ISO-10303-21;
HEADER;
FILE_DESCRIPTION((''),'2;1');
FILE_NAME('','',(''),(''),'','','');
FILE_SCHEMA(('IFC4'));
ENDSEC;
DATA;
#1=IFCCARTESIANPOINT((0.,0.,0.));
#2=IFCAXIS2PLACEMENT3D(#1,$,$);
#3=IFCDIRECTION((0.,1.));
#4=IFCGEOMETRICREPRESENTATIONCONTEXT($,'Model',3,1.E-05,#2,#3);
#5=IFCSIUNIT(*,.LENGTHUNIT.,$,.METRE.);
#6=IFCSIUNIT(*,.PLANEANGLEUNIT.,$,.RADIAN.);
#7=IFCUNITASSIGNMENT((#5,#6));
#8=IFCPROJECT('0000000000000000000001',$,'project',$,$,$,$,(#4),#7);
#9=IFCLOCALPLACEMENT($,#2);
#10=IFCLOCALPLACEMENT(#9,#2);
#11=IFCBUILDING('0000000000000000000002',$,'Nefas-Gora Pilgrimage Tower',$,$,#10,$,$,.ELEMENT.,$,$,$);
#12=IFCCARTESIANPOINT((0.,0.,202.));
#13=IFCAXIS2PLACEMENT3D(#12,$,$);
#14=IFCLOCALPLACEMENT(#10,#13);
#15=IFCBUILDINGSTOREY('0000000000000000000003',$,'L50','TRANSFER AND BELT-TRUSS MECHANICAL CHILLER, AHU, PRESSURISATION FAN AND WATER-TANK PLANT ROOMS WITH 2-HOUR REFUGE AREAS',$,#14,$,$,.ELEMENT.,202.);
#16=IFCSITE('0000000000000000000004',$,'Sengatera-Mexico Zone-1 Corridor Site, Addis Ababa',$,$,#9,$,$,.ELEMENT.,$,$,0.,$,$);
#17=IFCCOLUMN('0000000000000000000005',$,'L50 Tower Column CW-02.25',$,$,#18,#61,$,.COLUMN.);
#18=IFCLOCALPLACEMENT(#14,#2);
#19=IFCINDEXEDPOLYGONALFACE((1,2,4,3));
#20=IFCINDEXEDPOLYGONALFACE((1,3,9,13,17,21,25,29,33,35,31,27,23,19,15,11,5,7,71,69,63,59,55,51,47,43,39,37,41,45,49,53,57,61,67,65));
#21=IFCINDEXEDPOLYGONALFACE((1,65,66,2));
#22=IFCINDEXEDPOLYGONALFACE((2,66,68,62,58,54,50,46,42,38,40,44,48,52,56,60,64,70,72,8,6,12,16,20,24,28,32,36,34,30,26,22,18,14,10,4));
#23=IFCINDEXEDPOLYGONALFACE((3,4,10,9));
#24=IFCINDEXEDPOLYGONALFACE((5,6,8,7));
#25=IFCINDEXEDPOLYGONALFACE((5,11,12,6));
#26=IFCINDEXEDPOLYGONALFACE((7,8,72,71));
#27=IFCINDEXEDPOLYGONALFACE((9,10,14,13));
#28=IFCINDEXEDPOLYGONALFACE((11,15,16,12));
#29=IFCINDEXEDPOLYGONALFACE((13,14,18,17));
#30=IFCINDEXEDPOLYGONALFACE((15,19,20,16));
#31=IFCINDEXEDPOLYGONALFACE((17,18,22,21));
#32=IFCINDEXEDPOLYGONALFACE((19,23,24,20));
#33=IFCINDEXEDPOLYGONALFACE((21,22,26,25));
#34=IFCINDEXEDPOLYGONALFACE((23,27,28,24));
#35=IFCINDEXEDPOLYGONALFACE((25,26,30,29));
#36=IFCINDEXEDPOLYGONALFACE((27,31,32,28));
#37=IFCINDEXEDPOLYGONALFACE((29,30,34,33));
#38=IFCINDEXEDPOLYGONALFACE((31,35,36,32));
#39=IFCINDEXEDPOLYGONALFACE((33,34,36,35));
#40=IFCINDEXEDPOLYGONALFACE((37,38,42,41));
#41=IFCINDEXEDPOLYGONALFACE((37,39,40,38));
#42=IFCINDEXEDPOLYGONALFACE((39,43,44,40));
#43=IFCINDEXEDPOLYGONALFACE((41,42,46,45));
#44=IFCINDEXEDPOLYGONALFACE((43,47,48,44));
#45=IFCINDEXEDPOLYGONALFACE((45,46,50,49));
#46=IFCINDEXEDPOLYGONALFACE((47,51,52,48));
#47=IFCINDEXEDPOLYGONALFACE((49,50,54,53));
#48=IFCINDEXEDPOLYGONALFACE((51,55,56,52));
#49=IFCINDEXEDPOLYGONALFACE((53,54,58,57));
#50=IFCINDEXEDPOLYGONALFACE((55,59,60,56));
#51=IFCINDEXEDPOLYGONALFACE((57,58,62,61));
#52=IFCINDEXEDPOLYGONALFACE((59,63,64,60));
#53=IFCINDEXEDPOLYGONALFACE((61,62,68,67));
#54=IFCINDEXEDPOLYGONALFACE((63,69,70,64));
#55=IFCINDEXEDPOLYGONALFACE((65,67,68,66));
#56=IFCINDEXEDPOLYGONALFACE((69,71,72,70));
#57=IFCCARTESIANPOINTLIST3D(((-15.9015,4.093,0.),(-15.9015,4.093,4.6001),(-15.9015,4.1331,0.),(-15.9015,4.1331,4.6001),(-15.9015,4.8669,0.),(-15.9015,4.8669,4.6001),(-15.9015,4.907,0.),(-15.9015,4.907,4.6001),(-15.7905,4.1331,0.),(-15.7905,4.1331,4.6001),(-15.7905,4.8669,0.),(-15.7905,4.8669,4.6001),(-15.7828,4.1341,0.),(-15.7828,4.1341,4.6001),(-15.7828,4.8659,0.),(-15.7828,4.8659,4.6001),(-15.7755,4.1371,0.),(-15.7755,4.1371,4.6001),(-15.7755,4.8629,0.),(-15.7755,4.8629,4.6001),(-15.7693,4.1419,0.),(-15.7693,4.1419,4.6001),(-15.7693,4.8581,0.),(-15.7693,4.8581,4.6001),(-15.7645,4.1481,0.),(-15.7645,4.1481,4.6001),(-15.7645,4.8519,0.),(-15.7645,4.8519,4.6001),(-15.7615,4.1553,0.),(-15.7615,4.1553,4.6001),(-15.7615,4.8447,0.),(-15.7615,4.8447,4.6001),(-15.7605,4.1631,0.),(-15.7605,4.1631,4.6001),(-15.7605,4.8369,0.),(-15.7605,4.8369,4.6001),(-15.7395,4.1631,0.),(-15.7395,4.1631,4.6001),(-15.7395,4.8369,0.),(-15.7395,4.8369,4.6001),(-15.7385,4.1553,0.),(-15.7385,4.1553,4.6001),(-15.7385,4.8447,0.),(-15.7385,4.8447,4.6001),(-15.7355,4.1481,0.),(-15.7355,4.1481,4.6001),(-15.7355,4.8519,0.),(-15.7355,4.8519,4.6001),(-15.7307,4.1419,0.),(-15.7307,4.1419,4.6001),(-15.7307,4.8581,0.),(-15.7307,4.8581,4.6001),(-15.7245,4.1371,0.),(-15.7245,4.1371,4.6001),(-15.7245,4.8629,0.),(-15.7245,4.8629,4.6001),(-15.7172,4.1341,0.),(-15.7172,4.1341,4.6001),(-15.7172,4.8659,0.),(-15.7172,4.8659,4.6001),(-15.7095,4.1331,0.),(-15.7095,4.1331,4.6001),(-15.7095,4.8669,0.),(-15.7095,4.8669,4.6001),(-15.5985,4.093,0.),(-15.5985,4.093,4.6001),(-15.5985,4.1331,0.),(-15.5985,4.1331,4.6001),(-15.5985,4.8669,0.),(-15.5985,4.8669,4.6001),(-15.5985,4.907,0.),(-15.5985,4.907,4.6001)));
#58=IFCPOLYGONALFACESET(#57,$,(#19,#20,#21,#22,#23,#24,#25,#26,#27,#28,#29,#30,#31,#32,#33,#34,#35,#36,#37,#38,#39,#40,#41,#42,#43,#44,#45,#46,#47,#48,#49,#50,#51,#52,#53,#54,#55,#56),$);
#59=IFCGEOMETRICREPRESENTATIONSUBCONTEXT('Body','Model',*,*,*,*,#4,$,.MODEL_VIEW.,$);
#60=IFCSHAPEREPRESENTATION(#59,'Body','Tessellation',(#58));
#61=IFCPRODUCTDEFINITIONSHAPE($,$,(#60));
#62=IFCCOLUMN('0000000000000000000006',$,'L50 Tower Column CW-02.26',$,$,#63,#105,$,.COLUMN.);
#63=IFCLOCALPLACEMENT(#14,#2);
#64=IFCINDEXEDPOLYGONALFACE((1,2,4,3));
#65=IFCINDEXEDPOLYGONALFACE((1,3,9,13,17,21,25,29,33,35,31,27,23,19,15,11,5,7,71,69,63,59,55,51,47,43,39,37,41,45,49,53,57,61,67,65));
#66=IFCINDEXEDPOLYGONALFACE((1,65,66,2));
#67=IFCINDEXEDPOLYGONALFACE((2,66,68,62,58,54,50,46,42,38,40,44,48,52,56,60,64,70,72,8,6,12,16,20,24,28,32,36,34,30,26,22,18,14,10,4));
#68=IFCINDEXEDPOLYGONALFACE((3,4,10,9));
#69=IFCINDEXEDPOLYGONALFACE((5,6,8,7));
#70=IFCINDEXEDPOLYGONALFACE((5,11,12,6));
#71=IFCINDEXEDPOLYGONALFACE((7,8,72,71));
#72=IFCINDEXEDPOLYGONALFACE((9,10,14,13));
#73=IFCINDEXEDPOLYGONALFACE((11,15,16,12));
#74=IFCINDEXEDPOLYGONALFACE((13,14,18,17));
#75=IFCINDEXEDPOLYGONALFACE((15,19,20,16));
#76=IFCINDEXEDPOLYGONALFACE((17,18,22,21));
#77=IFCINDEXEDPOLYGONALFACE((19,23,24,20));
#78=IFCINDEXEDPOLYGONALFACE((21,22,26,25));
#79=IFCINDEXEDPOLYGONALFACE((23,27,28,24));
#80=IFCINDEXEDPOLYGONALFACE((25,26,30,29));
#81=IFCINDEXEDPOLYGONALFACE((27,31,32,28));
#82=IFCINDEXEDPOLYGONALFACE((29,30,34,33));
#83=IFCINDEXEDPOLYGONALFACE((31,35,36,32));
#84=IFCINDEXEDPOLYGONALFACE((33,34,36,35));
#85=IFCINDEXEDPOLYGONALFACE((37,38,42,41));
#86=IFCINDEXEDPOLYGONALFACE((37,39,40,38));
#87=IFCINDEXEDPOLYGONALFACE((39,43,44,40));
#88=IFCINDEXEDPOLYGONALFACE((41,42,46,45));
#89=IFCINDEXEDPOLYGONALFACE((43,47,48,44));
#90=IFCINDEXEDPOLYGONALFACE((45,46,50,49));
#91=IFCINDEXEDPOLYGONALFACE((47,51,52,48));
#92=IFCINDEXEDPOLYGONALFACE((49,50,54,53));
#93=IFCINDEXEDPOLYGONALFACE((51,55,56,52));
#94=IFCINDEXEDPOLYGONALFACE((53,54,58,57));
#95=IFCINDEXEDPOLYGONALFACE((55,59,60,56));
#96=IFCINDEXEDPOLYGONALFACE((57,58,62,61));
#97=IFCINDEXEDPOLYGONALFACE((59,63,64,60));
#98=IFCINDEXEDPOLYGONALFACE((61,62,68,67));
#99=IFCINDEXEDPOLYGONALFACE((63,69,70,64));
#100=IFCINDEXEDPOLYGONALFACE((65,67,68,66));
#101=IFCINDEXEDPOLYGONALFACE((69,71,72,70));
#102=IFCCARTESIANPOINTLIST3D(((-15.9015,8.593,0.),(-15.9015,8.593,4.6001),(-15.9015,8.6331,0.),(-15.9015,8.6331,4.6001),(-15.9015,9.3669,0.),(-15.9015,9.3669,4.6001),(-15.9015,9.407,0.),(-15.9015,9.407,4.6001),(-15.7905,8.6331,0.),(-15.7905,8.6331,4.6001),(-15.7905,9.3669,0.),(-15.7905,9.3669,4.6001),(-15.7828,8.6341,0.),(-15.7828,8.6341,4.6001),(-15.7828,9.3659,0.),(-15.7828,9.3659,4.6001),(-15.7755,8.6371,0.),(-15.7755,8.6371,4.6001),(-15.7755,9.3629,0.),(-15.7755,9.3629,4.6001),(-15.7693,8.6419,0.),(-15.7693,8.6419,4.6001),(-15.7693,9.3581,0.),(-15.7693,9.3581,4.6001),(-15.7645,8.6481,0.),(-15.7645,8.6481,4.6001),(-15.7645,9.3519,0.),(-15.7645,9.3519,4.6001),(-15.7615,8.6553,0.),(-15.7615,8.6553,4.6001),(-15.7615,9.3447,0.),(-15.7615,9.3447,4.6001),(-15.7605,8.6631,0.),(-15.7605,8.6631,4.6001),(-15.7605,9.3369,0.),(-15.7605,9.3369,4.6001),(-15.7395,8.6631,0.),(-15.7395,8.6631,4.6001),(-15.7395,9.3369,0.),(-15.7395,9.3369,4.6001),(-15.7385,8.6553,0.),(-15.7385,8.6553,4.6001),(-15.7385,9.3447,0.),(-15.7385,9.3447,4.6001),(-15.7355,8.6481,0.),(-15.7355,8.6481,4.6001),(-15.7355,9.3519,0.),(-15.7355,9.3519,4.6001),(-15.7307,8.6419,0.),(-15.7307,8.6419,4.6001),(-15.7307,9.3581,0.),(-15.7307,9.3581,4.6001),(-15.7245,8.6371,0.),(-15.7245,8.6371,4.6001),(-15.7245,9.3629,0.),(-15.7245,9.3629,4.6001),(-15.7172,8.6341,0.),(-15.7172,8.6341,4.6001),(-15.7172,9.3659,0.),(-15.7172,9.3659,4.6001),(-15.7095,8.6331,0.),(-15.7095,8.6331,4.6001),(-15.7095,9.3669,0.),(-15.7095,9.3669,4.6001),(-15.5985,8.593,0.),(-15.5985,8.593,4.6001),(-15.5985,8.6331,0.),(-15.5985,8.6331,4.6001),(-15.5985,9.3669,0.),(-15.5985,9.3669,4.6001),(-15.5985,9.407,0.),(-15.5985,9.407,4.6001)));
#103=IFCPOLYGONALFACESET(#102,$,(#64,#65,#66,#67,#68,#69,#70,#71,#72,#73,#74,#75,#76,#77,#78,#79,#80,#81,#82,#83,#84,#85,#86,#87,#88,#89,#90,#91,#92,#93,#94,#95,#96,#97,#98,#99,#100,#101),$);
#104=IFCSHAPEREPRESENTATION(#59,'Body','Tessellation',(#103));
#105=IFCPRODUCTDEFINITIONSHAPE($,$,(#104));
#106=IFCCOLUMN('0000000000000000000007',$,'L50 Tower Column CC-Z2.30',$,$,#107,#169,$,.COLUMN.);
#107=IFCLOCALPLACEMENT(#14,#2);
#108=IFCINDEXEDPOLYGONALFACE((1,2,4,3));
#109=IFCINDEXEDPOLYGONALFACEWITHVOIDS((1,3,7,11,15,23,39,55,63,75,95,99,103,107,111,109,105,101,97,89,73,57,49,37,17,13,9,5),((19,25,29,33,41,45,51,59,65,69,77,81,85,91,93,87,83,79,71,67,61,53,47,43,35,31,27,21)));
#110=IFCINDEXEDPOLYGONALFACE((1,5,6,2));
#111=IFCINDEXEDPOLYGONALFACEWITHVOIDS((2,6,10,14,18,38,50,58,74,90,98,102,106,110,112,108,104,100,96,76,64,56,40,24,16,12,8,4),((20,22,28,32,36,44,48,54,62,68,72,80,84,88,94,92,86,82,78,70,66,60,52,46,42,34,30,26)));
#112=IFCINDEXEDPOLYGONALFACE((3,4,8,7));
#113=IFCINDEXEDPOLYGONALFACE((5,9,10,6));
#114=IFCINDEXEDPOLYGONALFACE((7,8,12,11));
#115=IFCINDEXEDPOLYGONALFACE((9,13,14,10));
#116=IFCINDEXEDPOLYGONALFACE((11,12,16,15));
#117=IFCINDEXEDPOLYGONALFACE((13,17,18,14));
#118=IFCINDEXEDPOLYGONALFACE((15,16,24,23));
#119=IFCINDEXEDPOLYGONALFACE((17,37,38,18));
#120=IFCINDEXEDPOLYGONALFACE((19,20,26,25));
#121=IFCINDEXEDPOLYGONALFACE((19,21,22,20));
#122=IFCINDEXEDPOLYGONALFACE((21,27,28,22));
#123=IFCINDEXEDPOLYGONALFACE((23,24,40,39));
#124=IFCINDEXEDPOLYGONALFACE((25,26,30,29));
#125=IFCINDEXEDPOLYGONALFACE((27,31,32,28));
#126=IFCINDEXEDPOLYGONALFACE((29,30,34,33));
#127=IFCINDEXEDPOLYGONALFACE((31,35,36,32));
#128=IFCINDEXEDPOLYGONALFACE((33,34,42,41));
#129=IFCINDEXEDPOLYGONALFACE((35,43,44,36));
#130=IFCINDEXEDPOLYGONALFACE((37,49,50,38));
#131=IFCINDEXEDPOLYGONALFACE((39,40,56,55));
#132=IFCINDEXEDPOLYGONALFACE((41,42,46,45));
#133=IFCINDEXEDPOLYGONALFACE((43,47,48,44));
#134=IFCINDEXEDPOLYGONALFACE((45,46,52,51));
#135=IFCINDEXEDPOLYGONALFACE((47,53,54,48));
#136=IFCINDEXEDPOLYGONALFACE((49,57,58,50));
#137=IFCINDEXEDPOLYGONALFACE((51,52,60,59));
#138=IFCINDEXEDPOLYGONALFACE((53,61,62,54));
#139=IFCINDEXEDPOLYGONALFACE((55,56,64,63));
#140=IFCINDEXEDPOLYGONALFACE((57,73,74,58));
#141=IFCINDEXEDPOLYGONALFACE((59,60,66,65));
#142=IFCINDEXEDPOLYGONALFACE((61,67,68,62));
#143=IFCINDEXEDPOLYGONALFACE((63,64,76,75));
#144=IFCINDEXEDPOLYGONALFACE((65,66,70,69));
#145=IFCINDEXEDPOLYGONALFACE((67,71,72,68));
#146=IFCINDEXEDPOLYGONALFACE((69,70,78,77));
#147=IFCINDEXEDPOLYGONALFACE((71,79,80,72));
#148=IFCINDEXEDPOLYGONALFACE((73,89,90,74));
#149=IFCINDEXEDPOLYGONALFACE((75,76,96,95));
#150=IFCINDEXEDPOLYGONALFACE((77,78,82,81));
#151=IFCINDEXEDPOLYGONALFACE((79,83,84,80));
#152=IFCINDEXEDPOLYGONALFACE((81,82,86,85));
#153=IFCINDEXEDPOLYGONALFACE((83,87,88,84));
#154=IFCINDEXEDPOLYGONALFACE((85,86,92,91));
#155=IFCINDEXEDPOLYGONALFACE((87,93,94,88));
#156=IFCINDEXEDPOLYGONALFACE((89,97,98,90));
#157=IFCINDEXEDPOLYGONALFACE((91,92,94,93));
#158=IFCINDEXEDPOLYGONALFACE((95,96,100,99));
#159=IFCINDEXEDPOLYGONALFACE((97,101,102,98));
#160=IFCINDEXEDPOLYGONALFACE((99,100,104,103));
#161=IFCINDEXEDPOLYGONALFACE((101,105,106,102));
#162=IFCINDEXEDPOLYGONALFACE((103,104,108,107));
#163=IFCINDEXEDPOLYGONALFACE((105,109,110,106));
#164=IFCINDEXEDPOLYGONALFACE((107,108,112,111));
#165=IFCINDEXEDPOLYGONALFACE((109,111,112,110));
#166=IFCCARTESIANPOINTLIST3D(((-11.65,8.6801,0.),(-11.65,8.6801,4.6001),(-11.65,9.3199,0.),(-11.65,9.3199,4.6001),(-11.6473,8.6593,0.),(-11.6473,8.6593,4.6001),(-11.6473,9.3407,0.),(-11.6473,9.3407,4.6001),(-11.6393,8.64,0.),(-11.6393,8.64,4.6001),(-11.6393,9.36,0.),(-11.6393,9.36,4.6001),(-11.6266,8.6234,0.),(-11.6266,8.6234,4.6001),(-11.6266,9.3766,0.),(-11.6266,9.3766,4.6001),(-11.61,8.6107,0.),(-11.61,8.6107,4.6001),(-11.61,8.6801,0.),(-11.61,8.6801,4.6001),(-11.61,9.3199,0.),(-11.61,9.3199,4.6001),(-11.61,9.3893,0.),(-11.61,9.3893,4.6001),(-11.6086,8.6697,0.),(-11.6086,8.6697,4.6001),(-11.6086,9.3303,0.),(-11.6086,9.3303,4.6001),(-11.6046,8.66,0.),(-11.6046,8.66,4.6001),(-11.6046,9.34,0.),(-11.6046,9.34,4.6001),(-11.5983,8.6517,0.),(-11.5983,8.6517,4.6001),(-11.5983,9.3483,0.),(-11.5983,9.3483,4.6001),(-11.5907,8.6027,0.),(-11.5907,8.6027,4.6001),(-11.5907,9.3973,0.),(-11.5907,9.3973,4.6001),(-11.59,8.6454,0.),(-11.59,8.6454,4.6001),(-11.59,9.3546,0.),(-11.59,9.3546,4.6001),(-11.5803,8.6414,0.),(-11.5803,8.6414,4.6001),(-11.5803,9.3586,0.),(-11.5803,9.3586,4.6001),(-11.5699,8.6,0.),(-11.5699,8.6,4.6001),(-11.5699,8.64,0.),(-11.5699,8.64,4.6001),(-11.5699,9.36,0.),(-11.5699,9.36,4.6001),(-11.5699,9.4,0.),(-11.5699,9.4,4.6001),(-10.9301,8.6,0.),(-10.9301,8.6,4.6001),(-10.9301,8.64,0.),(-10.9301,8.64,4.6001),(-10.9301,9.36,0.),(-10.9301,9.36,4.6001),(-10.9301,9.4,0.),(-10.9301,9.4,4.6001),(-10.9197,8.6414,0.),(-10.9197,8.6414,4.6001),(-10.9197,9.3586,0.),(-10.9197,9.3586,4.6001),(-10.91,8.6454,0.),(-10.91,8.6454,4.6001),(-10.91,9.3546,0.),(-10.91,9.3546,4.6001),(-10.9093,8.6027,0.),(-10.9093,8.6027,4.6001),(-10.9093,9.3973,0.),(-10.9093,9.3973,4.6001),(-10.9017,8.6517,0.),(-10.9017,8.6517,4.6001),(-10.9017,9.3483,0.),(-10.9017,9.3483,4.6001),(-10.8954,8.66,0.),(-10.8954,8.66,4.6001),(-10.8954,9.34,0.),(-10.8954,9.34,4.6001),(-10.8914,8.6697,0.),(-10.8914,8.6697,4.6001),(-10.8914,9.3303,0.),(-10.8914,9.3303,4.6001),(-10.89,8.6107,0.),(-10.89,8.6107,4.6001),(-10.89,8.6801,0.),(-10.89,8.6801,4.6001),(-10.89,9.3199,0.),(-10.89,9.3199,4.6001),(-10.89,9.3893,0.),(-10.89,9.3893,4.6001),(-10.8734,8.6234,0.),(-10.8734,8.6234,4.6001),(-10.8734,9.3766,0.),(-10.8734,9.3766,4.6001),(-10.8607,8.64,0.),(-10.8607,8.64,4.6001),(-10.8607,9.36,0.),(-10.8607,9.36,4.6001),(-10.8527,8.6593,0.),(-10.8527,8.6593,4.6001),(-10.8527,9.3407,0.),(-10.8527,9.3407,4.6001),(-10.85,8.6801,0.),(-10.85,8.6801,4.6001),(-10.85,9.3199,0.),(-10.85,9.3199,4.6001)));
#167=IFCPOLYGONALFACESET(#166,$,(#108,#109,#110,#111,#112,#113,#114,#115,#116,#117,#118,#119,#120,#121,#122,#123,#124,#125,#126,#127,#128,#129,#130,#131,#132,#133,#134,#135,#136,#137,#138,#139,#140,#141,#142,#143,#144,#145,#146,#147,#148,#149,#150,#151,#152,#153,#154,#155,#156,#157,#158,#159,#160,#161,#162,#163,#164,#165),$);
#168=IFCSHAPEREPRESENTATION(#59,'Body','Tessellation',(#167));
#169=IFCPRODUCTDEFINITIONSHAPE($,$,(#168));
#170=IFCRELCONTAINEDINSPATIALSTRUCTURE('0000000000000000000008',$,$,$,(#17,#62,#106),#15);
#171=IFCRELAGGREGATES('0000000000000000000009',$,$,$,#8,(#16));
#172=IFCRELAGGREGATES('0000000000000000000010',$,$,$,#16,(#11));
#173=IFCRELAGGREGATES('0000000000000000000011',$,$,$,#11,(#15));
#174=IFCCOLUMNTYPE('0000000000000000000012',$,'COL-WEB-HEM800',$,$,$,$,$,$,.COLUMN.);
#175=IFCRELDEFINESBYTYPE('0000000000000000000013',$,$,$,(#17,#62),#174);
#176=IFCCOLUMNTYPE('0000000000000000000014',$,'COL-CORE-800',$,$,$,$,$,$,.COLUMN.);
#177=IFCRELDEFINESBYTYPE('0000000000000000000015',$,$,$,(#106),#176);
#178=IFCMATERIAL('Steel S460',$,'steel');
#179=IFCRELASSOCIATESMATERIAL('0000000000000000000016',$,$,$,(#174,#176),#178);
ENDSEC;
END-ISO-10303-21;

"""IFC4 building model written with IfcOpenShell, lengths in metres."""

from ifc_helpers import new_model, si_unit, direction, frame, origin, origin_2d, place, context, subcontext, project, spatial, hollow_rectangle, i_section, extrude, source, transform, mapped, material, material_profile, profile_set, type_object, element, save


model = new_model("IFC4")

# Units and contexts
model_context = context("Model", 3, precision=1e-05, world=origin(), true_north=direction((0.0, 1.0)))
body_context = subcontext(model_context, "Body", "Model", "MODEL_VIEW")
ifc_project = project(units=[si_unit("LENGTHUNIT", "METRE"), si_unit("PLANEANGLEUNIT", "RADIAN")], contexts=[model_context])

# Site, building, storey
site_placement = place(None, origin())
site = spatial("IfcSite", under=ifc_project, at=site_placement, Name="Sengatera-Mexico Zone-1 Corridor Site, Addis Ababa", CompositionType="ELEMENT", RefElevation=0.0)
building_placement = place(site_placement, origin())
building = spatial("IfcBuilding", under=site, at=building_placement, Name="Nefas-Gora Pilgrimage Tower", CompositionType="ELEMENT")
storey_placement = place(building_placement, frame((0.0, 0.0, 202.0)))
storey = spatial("IfcBuildingStorey", under=building, at=storey_placement, Name="L50", Description="TRANSFER AND BELT-TRUSS MECHANICAL CHILLER, AHU, PRESSURISATION FAN AND WATER-TANK PLANT ROOMS WITH 2-HOUR REFUGE AREAS", CompositionType="ELEMENT", Elevation=202.0)

# Columns
ifc_material_1 = material(Name="Steel S460", Category="steel")
ifc_material_profile_1 = material_profile(ifc_material_1, i_section(OverallWidth=0.303, OverallDepth=0.814, WebThickness=0.021, FlangeThickness=0.04, FilletRadius=0.03, at=origin_2d()), Name="HEM 800")
ifc_profile_set_1 = profile_set([ifc_material_profile_1], Name="Steel S460")
column_type_1 = type_object("IfcColumnType", Name="COL-WEB-HEM800", PredefinedType="COLUMN", material=ifc_profile_set_1)
shared_shape_1 = source(origin(), body_context, "Body", "SweptSolid", [
    extrude(i_section(OverallWidth=0.303, OverallDepth=0.814, WebThickness=0.021, FlangeThickness=0.04, FilletRadius=0.03, at=origin_2d()), origin(), (0.0, 0.0, 1.0), 4.6001),
])
for number, where, z_axis, x_axis, name in (
    (1, (-15.75, 4.5, 0.0), (0.0, 0.0, 1.0), (1.0, 0.0, 0.0), "L50 Tower Column CW-02.25"),
    (2, (-15.75, 9.0, 0.0), (0.0, 0.0, 1.0), (1.0, 0.0, 0.0), "L50 Tower Column CW-02.26"),
):
    element("IfcColumn", number, at=place(storey_placement, frame(where, z_axis=z_axis, x_axis=x_axis)), inside=storey, type_object=column_type_1, Name=name, PredefinedType="COLUMN", context=body_context, shape_type="MappedRepresentation", body=[
        mapped(shared_shape_1, transform((0.0, 0.0, 0.0), x_axis=(1.0, 0.0, 0.0), y_axis=(0.0, 1.0, 0.0), z_axis=(0.0, 0.0, 1.0), scale=1.0)),
    ])
ifc_material_profile_2 = material_profile(ifc_material_1, hollow_rectangle(XDim=0.8, YDim=0.8, WallThickness=0.04, InnerFilletRadius=0.04, OuterFilletRadius=0.0801, at=origin_2d()), Name="BOX 800x800x40")
ifc_profile_set_2 = profile_set([ifc_material_profile_2], Name="Steel S460")
column_type_2 = type_object("IfcColumnType", Name="COL-CORE-800", PredefinedType="COLUMN", material=ifc_profile_set_2)
shared_shape_2 = source(origin(), body_context, "Body", "SweptSolid", [
    extrude(hollow_rectangle(XDim=0.8, YDim=0.8, WallThickness=0.04, InnerFilletRadius=0.04, OuterFilletRadius=0.0801, at=origin_2d()), origin(), (0.0, 0.0, 1.0), 4.6001),
])
column_placement = place(storey_placement, frame((-11.25, 9.0, 0.0), z_axis=(0.0, 0.0, 1.0), x_axis=(1.0, 0.0, 0.0)))
element("IfcColumn", 3, at=column_placement, inside=storey, type_object=column_type_2, Name="L50 Tower Column CC-Z2.30", PredefinedType="COLUMN", context=body_context, shape_type="MappedRepresentation", body=[
    mapped(shared_shape_2, transform((0.0, 0.0, 0.0), x_axis=(1.0, 0.0, 0.0), y_axis=(0.0, 1.0, 0.0), z_axis=(0.0, 0.0, 1.0), scale=1.0)),
])

save(model, "model.ifc")
